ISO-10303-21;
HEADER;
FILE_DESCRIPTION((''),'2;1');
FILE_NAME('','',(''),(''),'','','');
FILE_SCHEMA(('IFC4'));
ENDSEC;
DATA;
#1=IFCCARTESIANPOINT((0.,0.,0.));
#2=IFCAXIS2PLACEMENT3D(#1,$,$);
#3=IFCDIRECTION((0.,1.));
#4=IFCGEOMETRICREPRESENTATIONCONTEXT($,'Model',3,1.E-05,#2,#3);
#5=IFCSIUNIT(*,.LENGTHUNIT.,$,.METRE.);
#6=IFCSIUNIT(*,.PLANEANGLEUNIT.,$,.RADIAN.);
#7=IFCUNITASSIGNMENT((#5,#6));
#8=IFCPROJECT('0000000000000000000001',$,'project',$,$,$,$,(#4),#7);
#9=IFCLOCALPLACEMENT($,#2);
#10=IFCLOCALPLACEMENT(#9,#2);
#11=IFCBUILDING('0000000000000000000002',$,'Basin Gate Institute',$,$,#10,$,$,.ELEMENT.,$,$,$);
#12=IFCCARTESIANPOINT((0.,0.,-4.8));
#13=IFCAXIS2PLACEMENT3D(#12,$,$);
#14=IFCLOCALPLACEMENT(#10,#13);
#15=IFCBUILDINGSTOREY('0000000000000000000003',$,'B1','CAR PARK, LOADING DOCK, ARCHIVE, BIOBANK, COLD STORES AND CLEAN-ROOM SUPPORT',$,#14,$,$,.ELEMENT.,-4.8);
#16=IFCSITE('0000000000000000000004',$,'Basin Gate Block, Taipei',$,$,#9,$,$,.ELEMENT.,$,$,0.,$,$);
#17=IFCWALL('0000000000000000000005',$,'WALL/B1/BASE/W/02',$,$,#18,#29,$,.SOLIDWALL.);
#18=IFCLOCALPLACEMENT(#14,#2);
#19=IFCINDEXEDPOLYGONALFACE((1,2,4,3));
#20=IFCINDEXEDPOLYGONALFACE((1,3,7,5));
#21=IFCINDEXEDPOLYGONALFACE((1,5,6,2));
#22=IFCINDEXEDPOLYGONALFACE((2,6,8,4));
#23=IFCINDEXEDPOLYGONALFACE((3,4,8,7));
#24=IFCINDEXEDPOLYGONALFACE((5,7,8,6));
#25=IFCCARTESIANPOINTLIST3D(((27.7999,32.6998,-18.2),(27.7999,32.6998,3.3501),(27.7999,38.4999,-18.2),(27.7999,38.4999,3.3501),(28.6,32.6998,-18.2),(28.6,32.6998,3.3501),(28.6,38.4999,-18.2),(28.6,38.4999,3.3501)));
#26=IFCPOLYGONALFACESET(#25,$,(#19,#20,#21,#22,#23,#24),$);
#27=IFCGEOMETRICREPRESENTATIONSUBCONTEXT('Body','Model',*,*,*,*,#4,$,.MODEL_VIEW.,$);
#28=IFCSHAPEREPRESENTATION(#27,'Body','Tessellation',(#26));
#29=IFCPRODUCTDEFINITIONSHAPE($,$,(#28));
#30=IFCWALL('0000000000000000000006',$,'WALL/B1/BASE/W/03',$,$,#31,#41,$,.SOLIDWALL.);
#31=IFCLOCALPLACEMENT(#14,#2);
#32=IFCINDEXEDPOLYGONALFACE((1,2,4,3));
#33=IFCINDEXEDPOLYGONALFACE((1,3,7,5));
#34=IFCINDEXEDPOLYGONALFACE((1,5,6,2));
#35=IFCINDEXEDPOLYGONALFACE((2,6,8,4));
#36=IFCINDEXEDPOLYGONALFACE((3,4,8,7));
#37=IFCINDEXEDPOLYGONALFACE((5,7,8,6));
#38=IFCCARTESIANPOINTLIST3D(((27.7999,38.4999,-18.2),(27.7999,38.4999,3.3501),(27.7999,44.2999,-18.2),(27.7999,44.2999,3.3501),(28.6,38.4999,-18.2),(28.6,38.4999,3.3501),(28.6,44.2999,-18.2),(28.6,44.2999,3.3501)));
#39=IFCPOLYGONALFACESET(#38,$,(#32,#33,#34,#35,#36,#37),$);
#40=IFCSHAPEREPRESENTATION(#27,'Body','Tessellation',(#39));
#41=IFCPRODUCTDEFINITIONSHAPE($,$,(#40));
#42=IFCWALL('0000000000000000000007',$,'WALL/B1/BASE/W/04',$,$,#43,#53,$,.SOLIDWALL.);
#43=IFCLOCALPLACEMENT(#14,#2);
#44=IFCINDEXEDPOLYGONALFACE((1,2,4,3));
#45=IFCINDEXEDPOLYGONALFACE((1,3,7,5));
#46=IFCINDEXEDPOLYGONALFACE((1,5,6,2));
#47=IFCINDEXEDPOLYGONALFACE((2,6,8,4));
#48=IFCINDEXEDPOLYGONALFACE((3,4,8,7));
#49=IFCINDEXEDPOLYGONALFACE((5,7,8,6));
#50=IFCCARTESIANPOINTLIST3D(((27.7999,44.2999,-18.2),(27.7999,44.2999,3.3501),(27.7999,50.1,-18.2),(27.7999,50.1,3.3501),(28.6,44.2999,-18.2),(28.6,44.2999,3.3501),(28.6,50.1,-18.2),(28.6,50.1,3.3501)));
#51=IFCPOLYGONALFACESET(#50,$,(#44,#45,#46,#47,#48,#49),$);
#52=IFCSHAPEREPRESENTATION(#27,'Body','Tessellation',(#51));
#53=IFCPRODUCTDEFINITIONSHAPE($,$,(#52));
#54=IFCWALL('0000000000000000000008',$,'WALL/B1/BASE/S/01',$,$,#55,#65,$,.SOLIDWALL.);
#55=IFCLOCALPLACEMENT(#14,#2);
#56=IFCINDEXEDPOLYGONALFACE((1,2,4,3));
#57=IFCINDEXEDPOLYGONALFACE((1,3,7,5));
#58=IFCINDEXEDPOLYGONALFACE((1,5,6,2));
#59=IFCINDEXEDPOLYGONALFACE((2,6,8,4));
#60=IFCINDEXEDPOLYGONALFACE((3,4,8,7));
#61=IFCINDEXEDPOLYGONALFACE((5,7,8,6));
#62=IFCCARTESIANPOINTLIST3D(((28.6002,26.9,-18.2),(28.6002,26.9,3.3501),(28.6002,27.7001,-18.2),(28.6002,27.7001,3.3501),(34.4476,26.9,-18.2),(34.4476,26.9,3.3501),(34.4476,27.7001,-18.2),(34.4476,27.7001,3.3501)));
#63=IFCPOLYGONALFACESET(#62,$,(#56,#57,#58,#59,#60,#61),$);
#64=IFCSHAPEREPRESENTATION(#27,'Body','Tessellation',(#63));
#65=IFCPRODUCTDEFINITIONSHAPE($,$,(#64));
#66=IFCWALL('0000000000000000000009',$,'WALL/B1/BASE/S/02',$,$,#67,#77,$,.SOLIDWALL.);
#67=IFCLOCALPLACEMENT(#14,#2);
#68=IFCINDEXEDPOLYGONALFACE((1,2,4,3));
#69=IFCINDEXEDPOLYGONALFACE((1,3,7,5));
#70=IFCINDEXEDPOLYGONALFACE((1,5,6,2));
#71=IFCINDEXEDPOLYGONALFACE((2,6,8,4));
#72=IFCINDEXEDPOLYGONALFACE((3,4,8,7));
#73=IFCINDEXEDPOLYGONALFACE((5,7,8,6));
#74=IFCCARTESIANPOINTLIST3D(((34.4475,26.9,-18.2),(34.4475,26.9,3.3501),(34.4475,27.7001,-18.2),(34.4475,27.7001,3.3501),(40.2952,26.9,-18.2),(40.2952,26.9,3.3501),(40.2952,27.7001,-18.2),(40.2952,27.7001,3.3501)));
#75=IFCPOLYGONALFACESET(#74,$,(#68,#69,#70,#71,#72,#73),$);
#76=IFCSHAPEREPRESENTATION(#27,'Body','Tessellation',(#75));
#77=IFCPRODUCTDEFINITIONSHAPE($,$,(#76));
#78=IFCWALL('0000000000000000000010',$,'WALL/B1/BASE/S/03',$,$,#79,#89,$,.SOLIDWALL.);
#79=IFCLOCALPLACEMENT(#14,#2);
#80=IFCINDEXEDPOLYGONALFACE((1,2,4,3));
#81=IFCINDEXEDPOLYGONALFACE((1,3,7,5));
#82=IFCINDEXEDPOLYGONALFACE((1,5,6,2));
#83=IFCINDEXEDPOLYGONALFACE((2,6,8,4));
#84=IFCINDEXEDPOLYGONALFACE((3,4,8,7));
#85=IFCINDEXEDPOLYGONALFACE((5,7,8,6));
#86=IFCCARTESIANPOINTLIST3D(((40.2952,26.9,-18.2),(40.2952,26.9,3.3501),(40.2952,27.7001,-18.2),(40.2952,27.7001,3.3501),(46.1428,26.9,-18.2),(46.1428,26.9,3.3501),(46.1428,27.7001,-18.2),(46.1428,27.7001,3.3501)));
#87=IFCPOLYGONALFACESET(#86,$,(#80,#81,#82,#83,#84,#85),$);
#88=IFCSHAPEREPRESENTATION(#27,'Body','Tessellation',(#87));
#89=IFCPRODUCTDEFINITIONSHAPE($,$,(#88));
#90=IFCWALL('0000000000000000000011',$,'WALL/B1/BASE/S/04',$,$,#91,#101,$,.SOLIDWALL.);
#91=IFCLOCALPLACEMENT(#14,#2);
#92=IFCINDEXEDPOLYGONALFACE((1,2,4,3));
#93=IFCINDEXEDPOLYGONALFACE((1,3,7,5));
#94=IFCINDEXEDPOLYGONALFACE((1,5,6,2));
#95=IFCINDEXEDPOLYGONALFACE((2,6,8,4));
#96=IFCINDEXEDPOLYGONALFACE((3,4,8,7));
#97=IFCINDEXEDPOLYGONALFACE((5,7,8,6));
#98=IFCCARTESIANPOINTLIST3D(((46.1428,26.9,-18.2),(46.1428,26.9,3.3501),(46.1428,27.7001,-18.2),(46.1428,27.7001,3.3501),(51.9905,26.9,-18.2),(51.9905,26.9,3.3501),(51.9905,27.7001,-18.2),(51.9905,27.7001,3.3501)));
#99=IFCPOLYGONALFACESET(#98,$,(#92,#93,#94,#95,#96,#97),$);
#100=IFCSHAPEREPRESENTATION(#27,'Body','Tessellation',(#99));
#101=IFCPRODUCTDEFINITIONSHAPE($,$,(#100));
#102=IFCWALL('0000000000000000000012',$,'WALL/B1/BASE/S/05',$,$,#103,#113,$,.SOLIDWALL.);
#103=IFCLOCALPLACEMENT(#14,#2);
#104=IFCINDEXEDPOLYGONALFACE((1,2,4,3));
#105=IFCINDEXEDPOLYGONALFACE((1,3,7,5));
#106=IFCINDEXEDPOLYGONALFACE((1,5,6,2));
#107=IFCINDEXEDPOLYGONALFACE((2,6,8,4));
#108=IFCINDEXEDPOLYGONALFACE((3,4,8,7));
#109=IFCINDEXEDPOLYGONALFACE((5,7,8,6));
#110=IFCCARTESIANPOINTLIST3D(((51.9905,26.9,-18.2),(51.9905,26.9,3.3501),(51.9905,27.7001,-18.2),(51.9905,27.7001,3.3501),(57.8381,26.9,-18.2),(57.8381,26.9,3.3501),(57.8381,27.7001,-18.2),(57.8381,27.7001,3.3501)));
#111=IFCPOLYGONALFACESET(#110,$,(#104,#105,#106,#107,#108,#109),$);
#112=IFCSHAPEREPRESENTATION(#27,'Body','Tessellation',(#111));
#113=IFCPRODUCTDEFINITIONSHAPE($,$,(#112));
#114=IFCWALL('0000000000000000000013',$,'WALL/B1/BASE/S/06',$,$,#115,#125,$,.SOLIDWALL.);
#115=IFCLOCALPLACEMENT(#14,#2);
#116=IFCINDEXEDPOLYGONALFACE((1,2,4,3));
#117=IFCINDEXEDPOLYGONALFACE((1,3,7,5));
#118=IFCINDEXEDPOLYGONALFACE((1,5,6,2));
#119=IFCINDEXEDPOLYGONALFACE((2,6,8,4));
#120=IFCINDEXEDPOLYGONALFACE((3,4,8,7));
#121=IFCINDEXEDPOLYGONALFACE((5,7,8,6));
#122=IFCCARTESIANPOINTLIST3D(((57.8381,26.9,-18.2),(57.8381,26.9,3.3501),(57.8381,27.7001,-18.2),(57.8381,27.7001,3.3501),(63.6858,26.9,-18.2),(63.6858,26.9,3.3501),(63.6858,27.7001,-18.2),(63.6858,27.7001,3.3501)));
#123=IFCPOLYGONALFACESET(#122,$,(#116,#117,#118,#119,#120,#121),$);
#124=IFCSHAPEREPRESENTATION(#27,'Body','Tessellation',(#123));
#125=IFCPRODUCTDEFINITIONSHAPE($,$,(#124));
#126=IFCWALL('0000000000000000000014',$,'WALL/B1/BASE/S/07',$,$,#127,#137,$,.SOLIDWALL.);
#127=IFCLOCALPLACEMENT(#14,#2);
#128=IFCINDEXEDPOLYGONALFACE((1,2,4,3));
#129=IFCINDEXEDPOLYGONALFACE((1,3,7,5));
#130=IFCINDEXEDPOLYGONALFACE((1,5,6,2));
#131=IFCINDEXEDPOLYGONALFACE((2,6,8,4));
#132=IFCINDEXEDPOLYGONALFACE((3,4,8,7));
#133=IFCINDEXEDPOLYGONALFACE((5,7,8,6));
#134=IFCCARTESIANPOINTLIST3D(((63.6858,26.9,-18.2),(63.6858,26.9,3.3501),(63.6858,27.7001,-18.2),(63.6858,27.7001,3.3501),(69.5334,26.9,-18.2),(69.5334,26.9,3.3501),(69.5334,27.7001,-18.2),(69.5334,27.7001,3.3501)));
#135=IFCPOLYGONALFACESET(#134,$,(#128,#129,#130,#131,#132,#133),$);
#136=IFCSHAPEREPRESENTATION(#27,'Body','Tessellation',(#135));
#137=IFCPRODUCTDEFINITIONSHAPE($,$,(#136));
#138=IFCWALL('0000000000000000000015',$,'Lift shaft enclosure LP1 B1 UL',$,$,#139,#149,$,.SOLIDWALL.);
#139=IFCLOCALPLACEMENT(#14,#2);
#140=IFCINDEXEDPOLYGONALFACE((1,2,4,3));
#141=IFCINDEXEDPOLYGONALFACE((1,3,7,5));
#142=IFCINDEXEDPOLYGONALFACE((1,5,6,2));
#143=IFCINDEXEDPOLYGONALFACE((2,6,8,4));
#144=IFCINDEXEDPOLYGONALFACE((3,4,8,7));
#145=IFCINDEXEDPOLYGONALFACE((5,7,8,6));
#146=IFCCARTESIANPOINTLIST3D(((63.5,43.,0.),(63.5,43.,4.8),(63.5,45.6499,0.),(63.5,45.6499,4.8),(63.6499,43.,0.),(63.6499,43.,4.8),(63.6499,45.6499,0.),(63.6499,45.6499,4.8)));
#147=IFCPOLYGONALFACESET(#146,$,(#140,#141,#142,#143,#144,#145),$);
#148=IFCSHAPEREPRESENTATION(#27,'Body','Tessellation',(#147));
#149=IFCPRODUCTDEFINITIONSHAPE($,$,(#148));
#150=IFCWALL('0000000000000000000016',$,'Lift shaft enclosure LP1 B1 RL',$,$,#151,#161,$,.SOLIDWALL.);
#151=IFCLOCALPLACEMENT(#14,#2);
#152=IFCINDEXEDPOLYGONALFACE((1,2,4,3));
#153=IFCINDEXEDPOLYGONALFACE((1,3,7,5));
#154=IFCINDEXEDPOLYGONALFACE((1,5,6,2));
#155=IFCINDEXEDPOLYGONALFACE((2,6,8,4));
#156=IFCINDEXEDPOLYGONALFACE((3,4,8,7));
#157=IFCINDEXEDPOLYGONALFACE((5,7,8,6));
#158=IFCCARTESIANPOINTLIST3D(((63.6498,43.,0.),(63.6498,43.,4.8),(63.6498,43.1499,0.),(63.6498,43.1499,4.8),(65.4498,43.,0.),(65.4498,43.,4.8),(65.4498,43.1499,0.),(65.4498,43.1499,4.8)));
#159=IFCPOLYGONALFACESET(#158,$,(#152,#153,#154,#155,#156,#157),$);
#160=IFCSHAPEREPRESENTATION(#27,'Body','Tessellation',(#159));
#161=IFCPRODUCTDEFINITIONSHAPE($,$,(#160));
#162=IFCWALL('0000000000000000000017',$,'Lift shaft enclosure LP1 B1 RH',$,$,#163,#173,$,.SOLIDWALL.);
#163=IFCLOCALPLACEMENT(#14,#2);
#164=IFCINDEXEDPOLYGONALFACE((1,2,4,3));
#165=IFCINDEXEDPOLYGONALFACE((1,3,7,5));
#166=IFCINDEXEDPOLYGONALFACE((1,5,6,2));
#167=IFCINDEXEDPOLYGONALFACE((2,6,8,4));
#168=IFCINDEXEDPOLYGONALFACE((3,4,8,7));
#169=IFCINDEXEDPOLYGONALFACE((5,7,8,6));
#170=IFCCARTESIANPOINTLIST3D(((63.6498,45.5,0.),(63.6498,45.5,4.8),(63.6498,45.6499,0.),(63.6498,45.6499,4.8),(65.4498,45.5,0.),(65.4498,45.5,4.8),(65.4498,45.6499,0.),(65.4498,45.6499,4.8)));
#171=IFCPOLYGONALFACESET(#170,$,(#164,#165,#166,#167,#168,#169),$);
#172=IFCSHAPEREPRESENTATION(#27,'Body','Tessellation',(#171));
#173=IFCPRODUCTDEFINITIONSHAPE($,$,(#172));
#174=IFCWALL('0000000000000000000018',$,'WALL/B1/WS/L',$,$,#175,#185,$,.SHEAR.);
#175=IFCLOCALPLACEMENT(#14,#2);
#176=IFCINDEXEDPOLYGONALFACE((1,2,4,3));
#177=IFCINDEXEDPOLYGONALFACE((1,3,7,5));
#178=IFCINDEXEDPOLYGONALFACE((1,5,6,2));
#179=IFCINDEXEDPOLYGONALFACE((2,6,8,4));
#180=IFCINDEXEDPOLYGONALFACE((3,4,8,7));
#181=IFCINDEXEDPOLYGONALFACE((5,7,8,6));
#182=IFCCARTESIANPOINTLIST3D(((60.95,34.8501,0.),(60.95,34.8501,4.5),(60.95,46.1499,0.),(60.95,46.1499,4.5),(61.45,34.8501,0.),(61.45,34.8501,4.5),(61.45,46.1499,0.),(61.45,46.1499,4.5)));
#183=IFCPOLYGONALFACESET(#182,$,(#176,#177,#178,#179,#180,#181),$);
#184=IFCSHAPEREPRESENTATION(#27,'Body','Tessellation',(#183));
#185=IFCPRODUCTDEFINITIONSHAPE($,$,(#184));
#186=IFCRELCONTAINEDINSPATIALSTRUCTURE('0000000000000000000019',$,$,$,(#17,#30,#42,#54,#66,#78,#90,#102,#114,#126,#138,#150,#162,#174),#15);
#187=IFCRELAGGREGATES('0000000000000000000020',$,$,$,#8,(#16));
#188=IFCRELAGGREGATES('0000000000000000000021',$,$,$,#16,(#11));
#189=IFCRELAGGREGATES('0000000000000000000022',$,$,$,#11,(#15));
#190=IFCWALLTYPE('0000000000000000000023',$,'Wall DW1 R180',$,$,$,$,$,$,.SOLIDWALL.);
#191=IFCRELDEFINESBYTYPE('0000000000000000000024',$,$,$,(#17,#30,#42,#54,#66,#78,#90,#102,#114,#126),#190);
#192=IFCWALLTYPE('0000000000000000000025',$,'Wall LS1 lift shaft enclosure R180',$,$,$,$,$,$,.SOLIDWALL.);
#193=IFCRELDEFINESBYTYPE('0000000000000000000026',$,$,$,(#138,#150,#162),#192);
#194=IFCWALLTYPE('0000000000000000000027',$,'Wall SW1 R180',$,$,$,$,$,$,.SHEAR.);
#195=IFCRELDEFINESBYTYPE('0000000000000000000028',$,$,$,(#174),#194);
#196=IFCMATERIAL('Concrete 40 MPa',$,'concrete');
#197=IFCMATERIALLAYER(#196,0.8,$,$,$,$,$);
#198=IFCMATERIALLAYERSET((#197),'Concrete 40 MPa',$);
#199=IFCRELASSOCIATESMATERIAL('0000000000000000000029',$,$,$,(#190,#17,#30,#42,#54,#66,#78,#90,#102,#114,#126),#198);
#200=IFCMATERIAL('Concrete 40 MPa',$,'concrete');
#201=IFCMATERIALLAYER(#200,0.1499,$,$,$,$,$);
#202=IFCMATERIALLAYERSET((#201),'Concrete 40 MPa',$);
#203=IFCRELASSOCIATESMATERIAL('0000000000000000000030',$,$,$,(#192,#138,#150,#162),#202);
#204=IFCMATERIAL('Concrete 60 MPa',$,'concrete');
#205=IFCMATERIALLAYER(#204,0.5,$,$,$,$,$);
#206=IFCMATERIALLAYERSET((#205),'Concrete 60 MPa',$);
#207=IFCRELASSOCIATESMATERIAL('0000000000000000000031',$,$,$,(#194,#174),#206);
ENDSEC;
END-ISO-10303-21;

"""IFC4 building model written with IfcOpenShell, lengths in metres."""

from ifc_helpers import new_model, si_unit, direction, frame, frame_2d, origin, place, context, subcontext, project, spatial, rectangle, extrude, material, layer, layer_set, type_object, element, save


model = new_model("IFC4")

# Units and contexts
model_context = context("Model", 3, precision=1e-05, world=origin(), true_north=direction((0.0, 1.0)))
body_context = subcontext(model_context, "Body", "Model", "MODEL_VIEW")
ifc_project = project(units=[si_unit("LENGTHUNIT", "METRE"), si_unit("PLANEANGLEUNIT", "RADIAN")], contexts=[model_context])

# Site, building, storey
site_placement = place(None, origin())
site = spatial("IfcSite", under=ifc_project, at=site_placement, Name="Basin Gate Block, Taipei", CompositionType="ELEMENT", RefElevation=0.0)
building_placement = place(site_placement, origin())
building = spatial("IfcBuilding", under=site, at=building_placement, Name="Basin Gate Institute", CompositionType="ELEMENT")
storey_placement = place(building_placement, frame((0.0, 0.0, -4.8)))
storey = spatial("IfcBuildingStorey", under=building, at=storey_placement, Name="B1", Description="CAR PARK, LOADING DOCK, ARCHIVE, BIOBANK, COLD STORES AND CLEAN-ROOM SUPPORT", CompositionType="ELEMENT", Elevation=-4.8)

# Walls
ifc_material_1 = material(Name="Concrete 40 MPa", Category="concrete")
ifc_layer_1 = layer(ifc_material_1, 0.8)
ifc_layer_set_1 = layer_set([ifc_layer_1], Name="Concrete 40 MPa")
wall_type_1 = type_object("IfcWallType", Name="Wall DW1 R180", PredefinedType="SOLIDWALL", material=ifc_layer_set_1)
for number, where, z_axis, x_axis, name in (
    (1, (28.2, 32.7, -18.2), (0.0, 0.0, 1.0), (0.0, 1.0, 0.0), "WALL/B1/BASE/W/02"),
    (2, (28.2, 38.5, -18.2), (0.0, 0.0, 1.0), (0.0, 1.0, 0.0), "WALL/B1/BASE/W/03"),
    (3, (28.2, 44.3, -18.2), (0.0, 0.0, 1.0), (0.0, 1.0, 0.0), "WALL/B1/BASE/W/04"),
):
    element("IfcWall", number, at=place(storey_placement, frame(where, z_axis=z_axis, x_axis=x_axis)), inside=storey, type_object=wall_type_1, material=ifc_layer_set_1, Name=name, PredefinedType="SOLIDWALL", context=body_context, shape_type="SweptSolid", body=[
        extrude(rectangle(XDim=5.8, YDim=0.8, at=frame_2d((2.8999, 0.0))), origin(), (0.0, 0.0, 1.0), 21.55),
    ])
wall_1_placement = place(storey_placement, frame((28.6001, 27.3, -18.2), z_axis=(0.0, 0.0, 1.0), x_axis=(1.0, 0.0, 0.0)))
element("IfcWall", 4, at=wall_1_placement, inside=storey, type_object=wall_type_1, material=ifc_layer_set_1, Name="WALL/B1/BASE/S/01", PredefinedType="SOLIDWALL", context=body_context, shape_type="SweptSolid", body=[
    extrude(rectangle(XDim=5.8474, YDim=0.8, at=frame_2d((2.9238, 0.0))), origin(), (0.0, 0.0, 1.0), 21.55),
])
for number, where, z_axis, x_axis, name in (
    (5, (34.4475, 27.3, -18.2), (0.0, 0.0, 1.0), (1.0, 0.0, 0.0), "WALL/B1/BASE/S/02"),
    (6, (40.2952, 27.3, -18.2), (0.0, 0.0, 1.0), (1.0, 0.0, 0.0), "WALL/B1/BASE/S/03"),
    (7, (46.1428, 27.3, -18.2), (0.0, 0.0, 1.0), (1.0, 0.0, 0.0), "WALL/B1/BASE/S/04"),
    (8, (51.9905, 27.3, -18.2), (0.0, 0.0, 1.0), (1.0, 0.0, 0.0), "WALL/B1/BASE/S/05"),
    (9, (57.8381, 27.3, -18.2), (0.0, 0.0, 1.0), (1.0, 0.0, 0.0), "WALL/B1/BASE/S/06"),
    (10, (63.6858, 27.3, -18.2), (0.0, 0.0, 1.0), (1.0, 0.0, 0.0), "WALL/B1/BASE/S/07"),
):
    element("IfcWall", number, at=place(storey_placement, frame(where, z_axis=z_axis, x_axis=x_axis)), inside=storey, type_object=wall_type_1, material=ifc_layer_set_1, Name=name, PredefinedType="SOLIDWALL", context=body_context, shape_type="SweptSolid", body=[
        extrude(rectangle(XDim=5.8477, YDim=0.8, at=frame_2d((2.9238, 0.0))), origin(), (0.0, 0.0, 1.0), 21.55),
    ])
ifc_material_2 = material(Name="Concrete 40 MPa", Category="concrete")
ifc_layer_2 = layer(ifc_material_2, 0.1499)
ifc_layer_set_2 = layer_set([ifc_layer_2], Name="Concrete 40 MPa")
wall_type_2 = type_object("IfcWallType", Name="Wall LS1 lift shaft enclosure R180", PredefinedType="SOLIDWALL", material=ifc_layer_set_2)
wall_2_placement = place(storey_placement, frame((63.575, 43.0, 0.0), z_axis=(0.0, 0.0, 1.0), x_axis=(0.0, 1.0, 0.0)))
element("IfcWall", 11, at=wall_2_placement, inside=storey, type_object=wall_type_2, material=ifc_layer_set_2, Name="Lift shaft enclosure LP1 B1 UL", PredefinedType="SOLIDWALL", context=body_context, shape_type="SweptSolid", body=[
    extrude(rectangle(XDim=2.6499, YDim=0.1499, at=frame_2d((1.325, 0.0))), origin(), (0.0, 0.0, 1.0), 4.8),
])
for number, where, z_axis, x_axis, name in (
    (12, (63.6499, 43.075, 0.0), (0.0, 0.0, 1.0), (1.0, 0.0, 0.0), "Lift shaft enclosure LP1 B1 RL"),
    (13, (63.6499, 45.575, 0.0), (0.0, 0.0, 1.0), (1.0, 0.0, 0.0), "Lift shaft enclosure LP1 B1 RH"),
):
    element("IfcWall", number, at=place(storey_placement, frame(where, z_axis=z_axis, x_axis=x_axis)), inside=storey, type_object=wall_type_2, material=ifc_layer_set_2, Name=name, PredefinedType="SOLIDWALL", context=body_context, shape_type="SweptSolid", body=[
        extrude(rectangle(XDim=1.8, YDim=0.1499, at=frame_2d((0.8999, 0.0))), origin(), (0.0, 0.0, 1.0), 4.8),
    ])
ifc_material_3 = material(Name="Concrete 60 MPa", Category="concrete")
ifc_layer_3 = layer(ifc_material_3, 0.5)
ifc_layer_set_3 = layer_set([ifc_layer_3], Name="Concrete 60 MPa")
wall_type_3 = type_object("IfcWallType", Name="Wall SW1 R180", PredefinedType="SHEAR", material=ifc_layer_set_3)
wall_3_placement = place(storey_placement, frame((61.2, 34.8501, 0.0), z_axis=(0.0, 0.0, 1.0), x_axis=(0.0, 1.0, 0.0)))
element("IfcWall", 14, at=wall_3_placement, inside=storey, type_object=wall_type_3, material=ifc_layer_set_3, Name="WALL/B1/WS/L", PredefinedType="SHEAR", context=body_context, shape_type="SweptSolid", body=[
    extrude(rectangle(XDim=11.2998, YDim=0.5, at=frame_2d((5.6499, 0.0))), origin(), (0.0, 0.0, 1.0), 4.5),
])

save(model, "model.ifc")
